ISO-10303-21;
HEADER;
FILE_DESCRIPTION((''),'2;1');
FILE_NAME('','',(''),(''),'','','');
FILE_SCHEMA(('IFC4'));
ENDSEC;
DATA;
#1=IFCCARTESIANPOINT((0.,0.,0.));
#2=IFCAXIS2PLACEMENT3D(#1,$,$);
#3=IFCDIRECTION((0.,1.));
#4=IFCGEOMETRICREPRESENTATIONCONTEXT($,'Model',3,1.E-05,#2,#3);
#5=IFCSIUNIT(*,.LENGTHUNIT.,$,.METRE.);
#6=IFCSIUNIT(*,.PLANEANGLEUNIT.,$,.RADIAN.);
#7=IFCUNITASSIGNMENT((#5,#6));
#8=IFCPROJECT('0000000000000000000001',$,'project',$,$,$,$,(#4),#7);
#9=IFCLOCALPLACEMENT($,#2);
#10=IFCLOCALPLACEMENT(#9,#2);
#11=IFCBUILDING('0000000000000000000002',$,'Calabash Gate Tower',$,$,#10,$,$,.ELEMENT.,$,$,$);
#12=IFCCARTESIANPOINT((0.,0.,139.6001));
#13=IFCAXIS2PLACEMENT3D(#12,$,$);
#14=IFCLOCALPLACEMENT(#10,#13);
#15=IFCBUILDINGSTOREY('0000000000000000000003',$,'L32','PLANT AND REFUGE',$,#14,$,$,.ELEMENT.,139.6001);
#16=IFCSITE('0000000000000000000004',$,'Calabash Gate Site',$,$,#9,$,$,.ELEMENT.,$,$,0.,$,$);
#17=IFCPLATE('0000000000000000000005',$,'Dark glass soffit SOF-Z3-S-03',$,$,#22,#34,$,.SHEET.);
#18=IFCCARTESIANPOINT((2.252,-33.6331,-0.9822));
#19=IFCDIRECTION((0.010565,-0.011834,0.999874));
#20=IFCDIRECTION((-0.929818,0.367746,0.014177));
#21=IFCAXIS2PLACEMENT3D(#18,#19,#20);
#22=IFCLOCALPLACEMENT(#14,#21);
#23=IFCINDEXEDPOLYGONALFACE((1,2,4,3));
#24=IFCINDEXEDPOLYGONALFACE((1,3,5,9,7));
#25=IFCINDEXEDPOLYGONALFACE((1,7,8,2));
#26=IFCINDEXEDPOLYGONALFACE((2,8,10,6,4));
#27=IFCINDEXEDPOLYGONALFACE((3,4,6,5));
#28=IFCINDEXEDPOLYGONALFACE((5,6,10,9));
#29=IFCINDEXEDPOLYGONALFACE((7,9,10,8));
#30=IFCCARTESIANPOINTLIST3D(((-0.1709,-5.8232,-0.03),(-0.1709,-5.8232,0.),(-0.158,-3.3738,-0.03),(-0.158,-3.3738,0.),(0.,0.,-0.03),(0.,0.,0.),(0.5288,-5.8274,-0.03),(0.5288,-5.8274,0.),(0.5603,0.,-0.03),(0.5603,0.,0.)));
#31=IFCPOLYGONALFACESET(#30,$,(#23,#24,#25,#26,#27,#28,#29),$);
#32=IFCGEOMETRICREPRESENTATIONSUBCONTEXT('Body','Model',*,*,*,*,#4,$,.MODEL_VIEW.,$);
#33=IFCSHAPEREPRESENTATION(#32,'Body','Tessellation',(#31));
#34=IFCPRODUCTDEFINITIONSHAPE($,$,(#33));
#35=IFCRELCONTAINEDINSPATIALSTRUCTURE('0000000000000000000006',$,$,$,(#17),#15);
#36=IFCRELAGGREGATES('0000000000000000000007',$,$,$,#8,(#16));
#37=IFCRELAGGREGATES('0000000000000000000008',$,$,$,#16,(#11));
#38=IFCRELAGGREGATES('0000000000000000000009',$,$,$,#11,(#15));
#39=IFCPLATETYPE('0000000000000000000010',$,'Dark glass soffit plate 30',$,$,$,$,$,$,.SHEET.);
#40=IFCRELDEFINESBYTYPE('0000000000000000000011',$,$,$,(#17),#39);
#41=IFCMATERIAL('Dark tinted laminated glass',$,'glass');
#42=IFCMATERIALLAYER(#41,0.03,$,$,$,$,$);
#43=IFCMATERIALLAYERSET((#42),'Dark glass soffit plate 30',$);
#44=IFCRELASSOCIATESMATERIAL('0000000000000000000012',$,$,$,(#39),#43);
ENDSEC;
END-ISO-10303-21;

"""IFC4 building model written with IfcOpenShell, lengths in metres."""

from ifc_helpers import new_model, si_unit, direction, frame, origin, place, context, subcontext, project, spatial, polyline, outline, extrude, material, layer, layer_set, type_object, element, save


model = new_model("IFC4")

# Units and contexts
model_context = context("Model", 3, precision=1e-05, world=origin(), true_north=direction((0.0, 1.0)))
body_context = subcontext(model_context, "Body", "Model", "MODEL_VIEW")
ifc_project = project(units=[si_unit("LENGTHUNIT", "METRE"), si_unit("PLANEANGLEUNIT", "RADIAN")], contexts=[model_context])

# Site, building, storey
site_placement = place(None, origin())
site = spatial("IfcSite", under=ifc_project, at=site_placement, Name="Calabash Gate Site", CompositionType="ELEMENT", RefElevation=0.0)
building_placement = place(site_placement, origin())
building = spatial("IfcBuilding", under=site, at=building_placement, Name="Calabash Gate Tower", CompositionType="ELEMENT")
storey_placement = place(building_placement, frame((0.0, 0.0, 139.6001)))
storey = spatial("IfcBuildingStorey", under=building, at=storey_placement, Name="L32", Description="PLANT AND REFUGE", CompositionType="ELEMENT", Elevation=139.6001)

# Plate
ifc_material_1 = material(Name="Dark tinted laminated glass", Category="glass")
ifc_layer_1 = layer(ifc_material_1, 0.03)
ifc_layer_set_1 = layer_set([ifc_layer_1], Name="Dark glass soffit plate 30")
plate_type_1 = type_object("IfcPlateType", Name="Dark glass soffit plate 30", PredefinedType="SHEET", material=ifc_layer_set_1)
plate_1_placement = place(storey_placement, frame((2.252, -33.6331, -0.9822), z_axis=(0.010565, -0.011834, 0.999874), x_axis=(-0.929818, 0.367746, 0.014177)))
element("IfcPlate", 1, at=plate_1_placement, inside=storey, type_object=plate_type_1, Name="Dark glass soffit SOF-Z3-S-03", PredefinedType="SHEET", context=body_context, shape_type="SweptSolid", body=[
    extrude(outline(polyline([(0.0, 0.0), (0.5603, 0.0), (0.5288, -5.8274), (-0.1709, -5.8232), (-0.158, -3.3738), (0.0, 0.0)])), origin(), (0.0, 0.0, -1.0), 0.03),
])

save(model, "model.ifc")
